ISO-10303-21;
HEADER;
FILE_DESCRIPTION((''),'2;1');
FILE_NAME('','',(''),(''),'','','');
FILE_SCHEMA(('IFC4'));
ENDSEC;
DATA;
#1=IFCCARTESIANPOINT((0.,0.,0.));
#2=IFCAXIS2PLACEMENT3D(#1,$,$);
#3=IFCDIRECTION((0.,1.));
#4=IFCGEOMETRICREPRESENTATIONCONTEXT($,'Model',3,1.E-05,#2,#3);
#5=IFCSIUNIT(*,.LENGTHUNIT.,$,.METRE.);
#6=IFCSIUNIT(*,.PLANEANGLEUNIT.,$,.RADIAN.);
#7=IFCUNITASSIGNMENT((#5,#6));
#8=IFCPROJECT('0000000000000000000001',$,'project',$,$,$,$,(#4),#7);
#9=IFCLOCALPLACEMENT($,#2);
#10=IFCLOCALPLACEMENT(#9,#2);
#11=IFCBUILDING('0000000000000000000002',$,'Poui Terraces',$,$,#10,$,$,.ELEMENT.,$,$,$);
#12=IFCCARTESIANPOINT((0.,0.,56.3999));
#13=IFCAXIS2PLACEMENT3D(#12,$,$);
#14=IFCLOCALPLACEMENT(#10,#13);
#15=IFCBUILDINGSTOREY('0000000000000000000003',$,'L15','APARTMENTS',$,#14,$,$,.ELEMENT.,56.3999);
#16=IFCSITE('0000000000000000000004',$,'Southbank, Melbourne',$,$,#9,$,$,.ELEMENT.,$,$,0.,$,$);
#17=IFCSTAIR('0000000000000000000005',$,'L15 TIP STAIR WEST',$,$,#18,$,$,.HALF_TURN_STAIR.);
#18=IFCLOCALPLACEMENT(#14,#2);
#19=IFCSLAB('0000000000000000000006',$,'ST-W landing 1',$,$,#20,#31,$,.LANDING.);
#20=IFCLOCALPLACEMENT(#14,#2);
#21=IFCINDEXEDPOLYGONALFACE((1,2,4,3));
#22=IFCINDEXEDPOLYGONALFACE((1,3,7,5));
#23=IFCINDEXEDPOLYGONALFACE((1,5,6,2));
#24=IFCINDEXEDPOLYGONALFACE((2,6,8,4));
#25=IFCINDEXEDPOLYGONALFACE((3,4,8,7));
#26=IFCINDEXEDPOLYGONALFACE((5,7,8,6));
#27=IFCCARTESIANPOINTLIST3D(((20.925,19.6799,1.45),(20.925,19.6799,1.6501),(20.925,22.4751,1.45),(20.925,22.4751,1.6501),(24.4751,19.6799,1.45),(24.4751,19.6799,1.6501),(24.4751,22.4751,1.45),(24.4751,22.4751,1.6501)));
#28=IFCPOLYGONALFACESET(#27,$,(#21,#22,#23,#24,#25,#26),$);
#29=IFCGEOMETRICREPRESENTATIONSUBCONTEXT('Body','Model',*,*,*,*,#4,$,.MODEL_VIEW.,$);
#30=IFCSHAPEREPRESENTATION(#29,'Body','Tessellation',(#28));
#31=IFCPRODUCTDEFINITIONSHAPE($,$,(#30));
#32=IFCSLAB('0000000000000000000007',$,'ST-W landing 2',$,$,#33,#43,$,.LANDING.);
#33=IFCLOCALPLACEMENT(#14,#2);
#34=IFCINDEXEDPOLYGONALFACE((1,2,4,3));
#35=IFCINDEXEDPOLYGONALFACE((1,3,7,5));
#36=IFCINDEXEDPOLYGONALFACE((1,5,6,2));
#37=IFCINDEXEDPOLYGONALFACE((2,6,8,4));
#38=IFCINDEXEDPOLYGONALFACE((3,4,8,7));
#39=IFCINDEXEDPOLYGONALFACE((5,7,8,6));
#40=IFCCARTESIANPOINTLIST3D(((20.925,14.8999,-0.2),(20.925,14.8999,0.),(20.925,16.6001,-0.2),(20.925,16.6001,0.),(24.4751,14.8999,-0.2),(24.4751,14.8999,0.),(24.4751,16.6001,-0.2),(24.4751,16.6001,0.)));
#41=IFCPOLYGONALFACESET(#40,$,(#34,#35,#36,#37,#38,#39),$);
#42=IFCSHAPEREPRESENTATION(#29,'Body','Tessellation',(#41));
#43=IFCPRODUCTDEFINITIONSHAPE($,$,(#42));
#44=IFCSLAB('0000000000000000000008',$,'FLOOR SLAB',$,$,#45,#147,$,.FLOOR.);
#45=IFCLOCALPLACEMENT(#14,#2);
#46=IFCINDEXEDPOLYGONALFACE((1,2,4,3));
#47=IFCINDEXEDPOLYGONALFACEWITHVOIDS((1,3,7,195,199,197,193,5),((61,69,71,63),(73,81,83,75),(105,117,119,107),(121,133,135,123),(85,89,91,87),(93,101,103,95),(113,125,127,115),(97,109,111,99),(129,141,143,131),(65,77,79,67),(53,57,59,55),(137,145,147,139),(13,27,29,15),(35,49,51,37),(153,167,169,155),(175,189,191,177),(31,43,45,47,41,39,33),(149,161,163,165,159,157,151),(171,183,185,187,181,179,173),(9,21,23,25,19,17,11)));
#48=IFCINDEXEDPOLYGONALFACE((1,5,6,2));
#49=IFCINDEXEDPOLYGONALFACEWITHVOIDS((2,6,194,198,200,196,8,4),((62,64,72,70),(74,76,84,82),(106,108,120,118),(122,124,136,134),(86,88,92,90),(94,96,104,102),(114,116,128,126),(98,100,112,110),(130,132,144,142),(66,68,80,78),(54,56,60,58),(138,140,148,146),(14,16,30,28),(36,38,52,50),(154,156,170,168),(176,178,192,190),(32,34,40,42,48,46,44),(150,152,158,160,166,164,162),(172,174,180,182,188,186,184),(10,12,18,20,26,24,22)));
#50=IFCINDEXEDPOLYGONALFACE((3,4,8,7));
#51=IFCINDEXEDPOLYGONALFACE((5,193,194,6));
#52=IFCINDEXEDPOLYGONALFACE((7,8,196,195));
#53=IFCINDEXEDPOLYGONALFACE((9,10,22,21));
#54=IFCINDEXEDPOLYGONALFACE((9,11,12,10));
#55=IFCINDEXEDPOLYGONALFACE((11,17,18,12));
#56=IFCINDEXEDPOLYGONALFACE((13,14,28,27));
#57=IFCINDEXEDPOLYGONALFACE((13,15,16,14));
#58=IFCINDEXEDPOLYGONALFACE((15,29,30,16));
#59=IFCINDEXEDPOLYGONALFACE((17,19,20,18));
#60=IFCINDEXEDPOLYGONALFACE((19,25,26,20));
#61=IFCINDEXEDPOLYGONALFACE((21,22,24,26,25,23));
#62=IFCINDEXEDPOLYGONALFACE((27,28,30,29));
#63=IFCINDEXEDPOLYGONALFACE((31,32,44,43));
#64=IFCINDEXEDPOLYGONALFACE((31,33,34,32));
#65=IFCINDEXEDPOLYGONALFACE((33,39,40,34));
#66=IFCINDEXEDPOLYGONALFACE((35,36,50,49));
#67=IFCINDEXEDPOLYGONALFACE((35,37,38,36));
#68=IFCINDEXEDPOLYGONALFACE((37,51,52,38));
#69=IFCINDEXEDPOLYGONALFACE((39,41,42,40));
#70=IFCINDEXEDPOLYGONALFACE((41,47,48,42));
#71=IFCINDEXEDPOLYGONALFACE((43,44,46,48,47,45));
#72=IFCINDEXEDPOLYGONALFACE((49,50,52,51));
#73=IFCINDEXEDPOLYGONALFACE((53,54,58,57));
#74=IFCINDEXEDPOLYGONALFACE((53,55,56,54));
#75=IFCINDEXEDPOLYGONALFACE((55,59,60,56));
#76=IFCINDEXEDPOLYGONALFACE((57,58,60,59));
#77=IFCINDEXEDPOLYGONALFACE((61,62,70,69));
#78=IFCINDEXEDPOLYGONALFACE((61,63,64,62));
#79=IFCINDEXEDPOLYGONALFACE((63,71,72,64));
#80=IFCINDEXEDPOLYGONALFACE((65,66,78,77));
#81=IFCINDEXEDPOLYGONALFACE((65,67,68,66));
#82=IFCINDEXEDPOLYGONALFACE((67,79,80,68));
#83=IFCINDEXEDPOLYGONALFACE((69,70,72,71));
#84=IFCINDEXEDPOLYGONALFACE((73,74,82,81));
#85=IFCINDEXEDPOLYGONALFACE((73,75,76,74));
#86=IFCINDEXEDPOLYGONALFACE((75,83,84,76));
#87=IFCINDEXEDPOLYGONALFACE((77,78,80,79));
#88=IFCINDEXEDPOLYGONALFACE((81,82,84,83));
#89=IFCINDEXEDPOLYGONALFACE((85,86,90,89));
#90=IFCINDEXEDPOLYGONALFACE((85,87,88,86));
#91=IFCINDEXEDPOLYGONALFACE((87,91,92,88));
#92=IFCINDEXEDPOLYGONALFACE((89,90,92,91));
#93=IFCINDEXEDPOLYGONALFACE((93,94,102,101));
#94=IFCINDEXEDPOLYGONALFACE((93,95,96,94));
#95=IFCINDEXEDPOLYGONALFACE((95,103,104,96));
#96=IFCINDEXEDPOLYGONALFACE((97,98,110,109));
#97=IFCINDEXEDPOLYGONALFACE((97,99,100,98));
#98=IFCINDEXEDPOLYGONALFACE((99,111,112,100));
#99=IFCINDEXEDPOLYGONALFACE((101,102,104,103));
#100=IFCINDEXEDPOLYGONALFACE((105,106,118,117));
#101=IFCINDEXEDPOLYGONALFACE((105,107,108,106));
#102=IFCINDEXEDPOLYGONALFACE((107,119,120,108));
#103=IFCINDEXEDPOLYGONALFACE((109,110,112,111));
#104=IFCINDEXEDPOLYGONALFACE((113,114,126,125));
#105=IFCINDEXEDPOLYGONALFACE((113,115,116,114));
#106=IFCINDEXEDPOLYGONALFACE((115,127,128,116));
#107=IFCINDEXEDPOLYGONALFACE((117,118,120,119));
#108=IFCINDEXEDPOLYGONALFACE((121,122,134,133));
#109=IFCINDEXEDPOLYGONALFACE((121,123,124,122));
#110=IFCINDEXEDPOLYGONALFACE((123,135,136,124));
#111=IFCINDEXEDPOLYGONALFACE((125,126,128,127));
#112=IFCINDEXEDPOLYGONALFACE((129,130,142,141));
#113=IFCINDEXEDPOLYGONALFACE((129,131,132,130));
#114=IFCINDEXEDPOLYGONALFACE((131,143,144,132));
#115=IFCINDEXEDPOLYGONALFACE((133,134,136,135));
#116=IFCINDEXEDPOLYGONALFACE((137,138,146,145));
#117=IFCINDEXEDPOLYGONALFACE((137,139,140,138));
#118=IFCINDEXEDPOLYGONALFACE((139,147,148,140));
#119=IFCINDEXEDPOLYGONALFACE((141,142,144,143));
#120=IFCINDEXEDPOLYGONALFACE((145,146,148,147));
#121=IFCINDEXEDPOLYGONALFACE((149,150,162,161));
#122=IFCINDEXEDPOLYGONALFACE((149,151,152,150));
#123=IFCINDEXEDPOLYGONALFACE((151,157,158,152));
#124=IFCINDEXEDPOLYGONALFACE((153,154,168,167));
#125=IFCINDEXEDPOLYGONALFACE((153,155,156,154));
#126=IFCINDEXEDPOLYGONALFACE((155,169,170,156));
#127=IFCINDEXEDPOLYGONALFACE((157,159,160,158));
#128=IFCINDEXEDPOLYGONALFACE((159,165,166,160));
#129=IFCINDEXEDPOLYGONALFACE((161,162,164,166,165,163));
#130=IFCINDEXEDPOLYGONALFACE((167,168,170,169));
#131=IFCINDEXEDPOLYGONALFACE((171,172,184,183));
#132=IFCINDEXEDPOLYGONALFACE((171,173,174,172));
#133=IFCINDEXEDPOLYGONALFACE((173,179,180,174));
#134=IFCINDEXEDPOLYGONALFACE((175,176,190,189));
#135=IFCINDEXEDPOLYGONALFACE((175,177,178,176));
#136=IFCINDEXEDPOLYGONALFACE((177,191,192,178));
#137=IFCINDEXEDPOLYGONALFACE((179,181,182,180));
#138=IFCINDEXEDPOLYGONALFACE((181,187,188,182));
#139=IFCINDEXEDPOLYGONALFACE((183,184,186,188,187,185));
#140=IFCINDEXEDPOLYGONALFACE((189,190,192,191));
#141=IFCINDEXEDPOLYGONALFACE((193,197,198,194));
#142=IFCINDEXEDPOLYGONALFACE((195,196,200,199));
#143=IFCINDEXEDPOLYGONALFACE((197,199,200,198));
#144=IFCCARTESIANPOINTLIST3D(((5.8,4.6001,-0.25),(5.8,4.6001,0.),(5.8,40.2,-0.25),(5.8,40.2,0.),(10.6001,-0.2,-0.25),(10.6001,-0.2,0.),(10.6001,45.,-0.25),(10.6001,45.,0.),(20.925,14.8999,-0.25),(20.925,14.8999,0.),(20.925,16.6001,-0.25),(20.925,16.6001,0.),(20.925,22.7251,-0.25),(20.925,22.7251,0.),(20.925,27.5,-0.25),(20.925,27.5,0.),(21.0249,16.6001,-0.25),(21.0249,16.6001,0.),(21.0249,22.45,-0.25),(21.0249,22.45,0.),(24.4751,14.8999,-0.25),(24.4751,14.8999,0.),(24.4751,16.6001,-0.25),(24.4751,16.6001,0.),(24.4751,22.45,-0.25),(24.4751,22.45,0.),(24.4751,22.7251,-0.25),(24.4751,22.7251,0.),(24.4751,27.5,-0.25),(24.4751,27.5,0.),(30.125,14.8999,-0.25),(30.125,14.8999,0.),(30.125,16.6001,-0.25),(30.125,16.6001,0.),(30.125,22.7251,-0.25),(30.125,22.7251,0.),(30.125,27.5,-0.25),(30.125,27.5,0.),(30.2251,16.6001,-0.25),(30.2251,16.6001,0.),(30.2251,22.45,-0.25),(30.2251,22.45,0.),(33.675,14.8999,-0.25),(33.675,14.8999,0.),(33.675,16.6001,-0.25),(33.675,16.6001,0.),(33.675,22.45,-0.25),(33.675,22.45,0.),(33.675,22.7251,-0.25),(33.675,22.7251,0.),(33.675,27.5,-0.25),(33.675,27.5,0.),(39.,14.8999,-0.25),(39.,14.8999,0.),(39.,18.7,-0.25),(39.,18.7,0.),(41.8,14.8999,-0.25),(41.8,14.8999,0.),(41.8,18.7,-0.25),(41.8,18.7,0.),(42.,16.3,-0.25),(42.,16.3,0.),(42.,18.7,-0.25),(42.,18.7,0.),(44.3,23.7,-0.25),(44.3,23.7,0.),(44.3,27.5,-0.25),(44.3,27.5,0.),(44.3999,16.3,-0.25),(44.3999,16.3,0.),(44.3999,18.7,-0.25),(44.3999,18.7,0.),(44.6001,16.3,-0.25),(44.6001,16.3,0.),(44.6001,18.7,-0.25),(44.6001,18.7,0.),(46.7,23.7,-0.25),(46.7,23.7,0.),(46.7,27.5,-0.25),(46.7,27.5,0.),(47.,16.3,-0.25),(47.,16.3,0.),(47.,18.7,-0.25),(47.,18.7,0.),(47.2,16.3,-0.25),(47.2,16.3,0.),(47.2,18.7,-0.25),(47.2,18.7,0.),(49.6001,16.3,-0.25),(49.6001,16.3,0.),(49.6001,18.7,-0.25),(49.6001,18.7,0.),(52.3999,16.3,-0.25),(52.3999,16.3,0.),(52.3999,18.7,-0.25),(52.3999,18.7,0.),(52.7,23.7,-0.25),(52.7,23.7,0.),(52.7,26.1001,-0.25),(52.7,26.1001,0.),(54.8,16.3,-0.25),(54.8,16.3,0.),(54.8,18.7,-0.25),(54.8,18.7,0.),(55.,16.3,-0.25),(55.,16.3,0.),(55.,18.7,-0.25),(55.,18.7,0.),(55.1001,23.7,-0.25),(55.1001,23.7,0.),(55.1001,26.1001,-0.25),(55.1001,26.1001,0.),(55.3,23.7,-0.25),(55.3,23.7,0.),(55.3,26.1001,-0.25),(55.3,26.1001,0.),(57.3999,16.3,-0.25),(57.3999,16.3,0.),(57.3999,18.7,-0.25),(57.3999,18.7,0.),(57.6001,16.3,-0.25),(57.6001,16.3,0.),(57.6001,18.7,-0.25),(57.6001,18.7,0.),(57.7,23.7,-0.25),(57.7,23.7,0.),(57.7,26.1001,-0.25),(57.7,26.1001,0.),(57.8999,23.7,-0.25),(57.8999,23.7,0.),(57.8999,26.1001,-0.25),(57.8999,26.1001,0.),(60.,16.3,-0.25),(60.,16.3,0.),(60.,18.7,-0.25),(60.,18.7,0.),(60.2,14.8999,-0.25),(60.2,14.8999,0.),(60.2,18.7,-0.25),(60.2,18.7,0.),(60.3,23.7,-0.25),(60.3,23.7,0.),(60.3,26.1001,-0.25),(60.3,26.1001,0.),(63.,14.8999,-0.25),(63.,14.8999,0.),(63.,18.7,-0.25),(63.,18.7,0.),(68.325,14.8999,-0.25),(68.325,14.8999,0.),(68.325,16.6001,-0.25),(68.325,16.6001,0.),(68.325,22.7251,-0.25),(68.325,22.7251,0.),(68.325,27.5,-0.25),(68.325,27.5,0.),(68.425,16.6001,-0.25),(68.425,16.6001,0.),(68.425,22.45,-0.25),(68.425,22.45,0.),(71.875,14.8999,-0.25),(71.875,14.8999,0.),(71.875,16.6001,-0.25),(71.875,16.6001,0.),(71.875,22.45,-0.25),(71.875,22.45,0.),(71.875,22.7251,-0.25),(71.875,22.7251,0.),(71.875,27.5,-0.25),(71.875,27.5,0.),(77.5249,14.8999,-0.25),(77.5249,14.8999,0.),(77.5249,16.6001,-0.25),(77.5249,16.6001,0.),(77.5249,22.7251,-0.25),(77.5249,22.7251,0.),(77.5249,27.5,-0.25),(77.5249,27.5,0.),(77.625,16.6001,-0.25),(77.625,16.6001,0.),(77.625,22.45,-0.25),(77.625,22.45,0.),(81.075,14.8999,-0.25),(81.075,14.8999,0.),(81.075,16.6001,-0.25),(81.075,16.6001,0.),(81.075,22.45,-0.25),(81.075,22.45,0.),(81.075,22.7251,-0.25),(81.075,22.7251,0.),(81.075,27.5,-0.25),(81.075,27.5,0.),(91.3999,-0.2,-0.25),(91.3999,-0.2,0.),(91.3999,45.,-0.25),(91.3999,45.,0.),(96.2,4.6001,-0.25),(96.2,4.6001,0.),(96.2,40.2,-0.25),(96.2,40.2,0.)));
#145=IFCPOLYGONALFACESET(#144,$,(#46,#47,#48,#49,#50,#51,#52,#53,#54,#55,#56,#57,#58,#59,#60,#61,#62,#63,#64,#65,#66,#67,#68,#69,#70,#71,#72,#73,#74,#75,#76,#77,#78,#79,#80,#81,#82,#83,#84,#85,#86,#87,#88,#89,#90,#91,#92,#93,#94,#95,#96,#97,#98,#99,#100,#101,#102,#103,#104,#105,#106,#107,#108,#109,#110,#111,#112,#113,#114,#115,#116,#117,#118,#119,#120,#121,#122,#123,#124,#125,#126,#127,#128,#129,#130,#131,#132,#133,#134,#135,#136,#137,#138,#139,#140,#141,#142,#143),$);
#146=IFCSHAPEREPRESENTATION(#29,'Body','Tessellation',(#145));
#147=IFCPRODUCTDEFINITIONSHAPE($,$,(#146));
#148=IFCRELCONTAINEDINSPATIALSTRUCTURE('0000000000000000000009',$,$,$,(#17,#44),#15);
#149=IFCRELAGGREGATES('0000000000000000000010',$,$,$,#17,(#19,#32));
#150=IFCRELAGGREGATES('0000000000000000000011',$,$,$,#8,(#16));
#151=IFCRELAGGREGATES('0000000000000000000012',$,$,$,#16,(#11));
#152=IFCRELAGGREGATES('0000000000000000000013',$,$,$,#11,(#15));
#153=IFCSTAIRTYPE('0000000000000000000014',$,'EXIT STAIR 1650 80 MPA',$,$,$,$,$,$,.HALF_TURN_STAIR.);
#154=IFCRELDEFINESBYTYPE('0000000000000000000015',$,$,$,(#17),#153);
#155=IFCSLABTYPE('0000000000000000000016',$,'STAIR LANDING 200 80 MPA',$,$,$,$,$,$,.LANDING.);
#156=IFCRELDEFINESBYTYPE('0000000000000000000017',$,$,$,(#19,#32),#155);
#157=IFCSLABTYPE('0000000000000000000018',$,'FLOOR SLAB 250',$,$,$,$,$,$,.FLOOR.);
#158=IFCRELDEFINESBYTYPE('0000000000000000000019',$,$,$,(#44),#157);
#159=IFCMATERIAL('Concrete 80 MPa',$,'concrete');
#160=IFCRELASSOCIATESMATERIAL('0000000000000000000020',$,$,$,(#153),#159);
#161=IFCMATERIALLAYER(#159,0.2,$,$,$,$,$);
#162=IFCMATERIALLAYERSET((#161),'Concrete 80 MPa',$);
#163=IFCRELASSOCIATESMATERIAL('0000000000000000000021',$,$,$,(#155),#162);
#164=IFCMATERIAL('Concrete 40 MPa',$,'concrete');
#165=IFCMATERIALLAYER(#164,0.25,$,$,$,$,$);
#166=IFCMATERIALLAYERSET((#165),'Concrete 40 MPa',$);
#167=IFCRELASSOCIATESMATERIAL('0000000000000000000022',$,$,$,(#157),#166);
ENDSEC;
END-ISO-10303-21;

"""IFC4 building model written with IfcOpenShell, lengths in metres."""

from ifc_helpers import new_model, si_unit, direction, frame, origin, place, context, subcontext, project, spatial, polyline, outline, extrude, source, transform, mapped, material, layer, layer_set, type_object, element, aggregate, save


model = new_model("IFC4")

# Units and contexts
model_context = context("Model", 3, precision=1e-05, world=origin(), true_north=direction((0.0, 1.0)))
body_context = subcontext(model_context, "Body", "Model", "MODEL_VIEW")
ifc_project = project(units=[si_unit("LENGTHUNIT", "METRE"), si_unit("PLANEANGLEUNIT", "RADIAN")], contexts=[model_context])

# Site, building, storey
site_placement = place(None, origin())
site = spatial("IfcSite", under=ifc_project, at=site_placement, Name="Southbank, Melbourne", CompositionType="ELEMENT", RefElevation=0.0)
building_placement = place(site_placement, origin())
building = spatial("IfcBuilding", under=site, at=building_placement, Name="Poui Terraces", CompositionType="ELEMENT")
storey_placement = place(building_placement, frame((0.0, 0.0, 56.3999)))
storey = spatial("IfcBuildingStorey", under=building, at=storey_placement, Name="L15", Description="APARTMENTS", CompositionType="ELEMENT", Elevation=56.3999)

# Stair, slabs
ifc_material_1 = material(Name="Concrete 80 MPa", Category="concrete")
stair_type = type_object("IfcStairType", Name="EXIT STAIR 1650 80 MPA", PredefinedType="HALF_TURN_STAIR", material=ifc_material_1)
stair_placement = place(storey_placement, origin())
stair = element("IfcStair", 1, at=stair_placement, inside=storey, type_object=stair_type, Name="L15 TIP STAIR WEST", PredefinedType="HALF_TURN_STAIR")
ifc_layer_1 = layer(ifc_material_1, 0.2)
ifc_layer_set_1 = layer_set([ifc_layer_1], Name="Concrete 80 MPa")
slab_type_1 = type_object("IfcSlabType", Name="STAIR LANDING 200 80 MPA", PredefinedType="LANDING", material=ifc_layer_set_1)
slab_1_placement = place(storey_placement, frame((0.0, 0.0, 1.45)))
slab_1 = element("IfcSlab", 2, at=slab_1_placement, type_object=slab_type_1, Name="ST-W landing 1", PredefinedType="LANDING", context=body_context, shape_type="SweptSolid", body=[
    extrude(outline(polyline([(20.925, 19.6799), (24.4751, 19.6799), (24.4751, 22.4751), (20.925, 22.4751), (20.925, 19.6799)])), origin(), (0.0, 0.0, 1.0), 0.2002),
])
slab_2_placement = place(storey_placement, frame((0.0, 0.0, -0.2)))
slab_2 = element("IfcSlab", 3, at=slab_2_placement, type_object=slab_type_1, Name="ST-W landing 2", PredefinedType="LANDING", context=body_context, shape_type="SweptSolid", body=[
    extrude(outline(polyline([(20.925, 14.8999), (24.4751, 14.8999), (24.4751, 16.6001), (20.925, 16.6001), (20.925, 14.8999)])), origin(), (0.0, 0.0, 1.0), 0.2),
])
aggregate(stair, [slab_1, slab_2])

# Slab
ifc_material_2 = material(Name="Concrete 40 MPa", Category="concrete")
ifc_layer_2 = layer(ifc_material_2, 0.25)
ifc_layer_set_2 = layer_set([ifc_layer_2], Name="Concrete 40 MPa")
slab_type_2 = type_object("IfcSlabType", Name="FLOOR SLAB 250", PredefinedType="FLOOR", material=ifc_layer_set_2)
shared_shape = source(origin(), body_context, "Body", "SweptSolid", [
    extrude(outline(polyline([(0.0, 0.0), (4.8, -4.8), (85.5999, -4.8), (90.3999, 0.0), (90.3999, 35.5999), (85.5999, 40.3999), (4.8, 40.3999), (0.0, 35.5999), (0.0, 0.0)]), holes=[polyline([(33.2, 10.2998), (33.2, 14.0999), (36.0, 14.0999), (36.0, 10.2998), (33.2, 10.2998)]), polyline([(36.2, 11.7), (36.2, 14.0999), (38.5999, 14.0999), (38.5999, 11.7), (36.2, 11.7)]), polyline([(38.8, 11.7), (38.8, 14.0999), (41.2, 14.0999), (41.2, 11.7), (38.8, 11.7)]), polyline([(41.3999, 14.0999), (43.8, 14.0999), (43.8, 11.7), (41.3999, 11.7), (41.3999, 14.0999)]), polyline([(46.5999, 14.0999), (49.0, 14.0999), (49.0, 11.7), (46.5999, 11.7), (46.5999, 14.0999)]), polyline([(15.2249, 17.8499), (18.675, 17.8499), (18.675, 12.0), (18.675, 10.2998), (15.125, 10.2998), (15.125, 12.0), (15.2249, 12.0), (15.2249, 17.8499)]), polyline([(24.425, 17.8499), (27.875, 17.8499), (27.875, 12.0), (27.875, 10.2998), (24.325, 10.2998), (24.325, 12.0), (24.425, 12.0), (24.425, 17.8499)]), polyline([(15.125, 18.125), (15.125, 22.8999), (18.675, 22.8999), (18.675, 18.125), (15.125, 18.125)]), polyline([(24.325, 22.8999), (27.875, 22.8999), (27.875, 18.125), (24.325, 18.125), (24.325, 22.8999)]), polyline([(38.5, 22.8999), (40.8999, 22.8999), (40.8999, 19.0999), (38.5, 19.0999), (38.5, 22.8999)]), polyline([(54.3999, 10.2998), (54.3999, 14.0999), (57.2, 14.0999), (57.2, 10.2998), (54.3999, 10.2998)]), polyline([(49.2, 11.7), (49.2, 14.0999), (51.5999, 14.0999), (51.5999, 11.7), (49.2, 11.7)]), polyline([(51.8, 11.7), (51.8, 14.0999), (54.2, 14.0999), (54.2, 11.7), (51.8, 11.7)]), polyline([(66.075, 17.8499), (66.075, 12.0), (66.075, 10.2998), (62.5249, 10.2998), (62.5249, 12.0), (62.625, 12.0), (62.625, 17.8499), (66.075, 17.8499)]), polyline([(75.2749, 17.8499), (75.2749, 12.0), (75.2749, 10.2998), (71.7249, 10.2998), (71.7249, 12.0), (71.825, 12.0), (71.825, 17.8499), (75.2749, 17.8499)]), polyline([(46.8999, 19.0999), (46.8999, 21.5), (49.3, 21.5), (49.3, 19.0999), (46.8999, 19.0999)]), polyline([(49.5, 19.0999), (49.5, 21.5), (51.8999, 21.5), (51.8999, 19.0999), (49.5, 19.0999)]), polyline([(52.0999, 19.0999), (52.0999, 21.5), (54.5, 21.5), (54.5, 19.0999), (52.0999, 19.0999)]), polyline([(62.5249, 22.8999), (66.075, 22.8999), (66.075, 18.125), (62.5249, 18.125), (62.5249, 22.8999)]), polyline([(71.7249, 22.8999), (75.2749, 22.8999), (75.2749, 18.125), (71.7249, 18.125), (71.7249, 22.8999)])]), origin(), (0.0, 0.0, 1.0), 0.25),
])
slab_3_placement = place(storey_placement, frame((5.8, 4.6001, -0.25)))
element("IfcSlab", 4, at=slab_3_placement, inside=storey, type_object=slab_type_2, Name="FLOOR SLAB", PredefinedType="FLOOR", context=body_context, shape_type="MappedRepresentation", body=[
    mapped(shared_shape, transform((0.0, 0.0, 0.0))),
])

save(model, "model.ifc")
